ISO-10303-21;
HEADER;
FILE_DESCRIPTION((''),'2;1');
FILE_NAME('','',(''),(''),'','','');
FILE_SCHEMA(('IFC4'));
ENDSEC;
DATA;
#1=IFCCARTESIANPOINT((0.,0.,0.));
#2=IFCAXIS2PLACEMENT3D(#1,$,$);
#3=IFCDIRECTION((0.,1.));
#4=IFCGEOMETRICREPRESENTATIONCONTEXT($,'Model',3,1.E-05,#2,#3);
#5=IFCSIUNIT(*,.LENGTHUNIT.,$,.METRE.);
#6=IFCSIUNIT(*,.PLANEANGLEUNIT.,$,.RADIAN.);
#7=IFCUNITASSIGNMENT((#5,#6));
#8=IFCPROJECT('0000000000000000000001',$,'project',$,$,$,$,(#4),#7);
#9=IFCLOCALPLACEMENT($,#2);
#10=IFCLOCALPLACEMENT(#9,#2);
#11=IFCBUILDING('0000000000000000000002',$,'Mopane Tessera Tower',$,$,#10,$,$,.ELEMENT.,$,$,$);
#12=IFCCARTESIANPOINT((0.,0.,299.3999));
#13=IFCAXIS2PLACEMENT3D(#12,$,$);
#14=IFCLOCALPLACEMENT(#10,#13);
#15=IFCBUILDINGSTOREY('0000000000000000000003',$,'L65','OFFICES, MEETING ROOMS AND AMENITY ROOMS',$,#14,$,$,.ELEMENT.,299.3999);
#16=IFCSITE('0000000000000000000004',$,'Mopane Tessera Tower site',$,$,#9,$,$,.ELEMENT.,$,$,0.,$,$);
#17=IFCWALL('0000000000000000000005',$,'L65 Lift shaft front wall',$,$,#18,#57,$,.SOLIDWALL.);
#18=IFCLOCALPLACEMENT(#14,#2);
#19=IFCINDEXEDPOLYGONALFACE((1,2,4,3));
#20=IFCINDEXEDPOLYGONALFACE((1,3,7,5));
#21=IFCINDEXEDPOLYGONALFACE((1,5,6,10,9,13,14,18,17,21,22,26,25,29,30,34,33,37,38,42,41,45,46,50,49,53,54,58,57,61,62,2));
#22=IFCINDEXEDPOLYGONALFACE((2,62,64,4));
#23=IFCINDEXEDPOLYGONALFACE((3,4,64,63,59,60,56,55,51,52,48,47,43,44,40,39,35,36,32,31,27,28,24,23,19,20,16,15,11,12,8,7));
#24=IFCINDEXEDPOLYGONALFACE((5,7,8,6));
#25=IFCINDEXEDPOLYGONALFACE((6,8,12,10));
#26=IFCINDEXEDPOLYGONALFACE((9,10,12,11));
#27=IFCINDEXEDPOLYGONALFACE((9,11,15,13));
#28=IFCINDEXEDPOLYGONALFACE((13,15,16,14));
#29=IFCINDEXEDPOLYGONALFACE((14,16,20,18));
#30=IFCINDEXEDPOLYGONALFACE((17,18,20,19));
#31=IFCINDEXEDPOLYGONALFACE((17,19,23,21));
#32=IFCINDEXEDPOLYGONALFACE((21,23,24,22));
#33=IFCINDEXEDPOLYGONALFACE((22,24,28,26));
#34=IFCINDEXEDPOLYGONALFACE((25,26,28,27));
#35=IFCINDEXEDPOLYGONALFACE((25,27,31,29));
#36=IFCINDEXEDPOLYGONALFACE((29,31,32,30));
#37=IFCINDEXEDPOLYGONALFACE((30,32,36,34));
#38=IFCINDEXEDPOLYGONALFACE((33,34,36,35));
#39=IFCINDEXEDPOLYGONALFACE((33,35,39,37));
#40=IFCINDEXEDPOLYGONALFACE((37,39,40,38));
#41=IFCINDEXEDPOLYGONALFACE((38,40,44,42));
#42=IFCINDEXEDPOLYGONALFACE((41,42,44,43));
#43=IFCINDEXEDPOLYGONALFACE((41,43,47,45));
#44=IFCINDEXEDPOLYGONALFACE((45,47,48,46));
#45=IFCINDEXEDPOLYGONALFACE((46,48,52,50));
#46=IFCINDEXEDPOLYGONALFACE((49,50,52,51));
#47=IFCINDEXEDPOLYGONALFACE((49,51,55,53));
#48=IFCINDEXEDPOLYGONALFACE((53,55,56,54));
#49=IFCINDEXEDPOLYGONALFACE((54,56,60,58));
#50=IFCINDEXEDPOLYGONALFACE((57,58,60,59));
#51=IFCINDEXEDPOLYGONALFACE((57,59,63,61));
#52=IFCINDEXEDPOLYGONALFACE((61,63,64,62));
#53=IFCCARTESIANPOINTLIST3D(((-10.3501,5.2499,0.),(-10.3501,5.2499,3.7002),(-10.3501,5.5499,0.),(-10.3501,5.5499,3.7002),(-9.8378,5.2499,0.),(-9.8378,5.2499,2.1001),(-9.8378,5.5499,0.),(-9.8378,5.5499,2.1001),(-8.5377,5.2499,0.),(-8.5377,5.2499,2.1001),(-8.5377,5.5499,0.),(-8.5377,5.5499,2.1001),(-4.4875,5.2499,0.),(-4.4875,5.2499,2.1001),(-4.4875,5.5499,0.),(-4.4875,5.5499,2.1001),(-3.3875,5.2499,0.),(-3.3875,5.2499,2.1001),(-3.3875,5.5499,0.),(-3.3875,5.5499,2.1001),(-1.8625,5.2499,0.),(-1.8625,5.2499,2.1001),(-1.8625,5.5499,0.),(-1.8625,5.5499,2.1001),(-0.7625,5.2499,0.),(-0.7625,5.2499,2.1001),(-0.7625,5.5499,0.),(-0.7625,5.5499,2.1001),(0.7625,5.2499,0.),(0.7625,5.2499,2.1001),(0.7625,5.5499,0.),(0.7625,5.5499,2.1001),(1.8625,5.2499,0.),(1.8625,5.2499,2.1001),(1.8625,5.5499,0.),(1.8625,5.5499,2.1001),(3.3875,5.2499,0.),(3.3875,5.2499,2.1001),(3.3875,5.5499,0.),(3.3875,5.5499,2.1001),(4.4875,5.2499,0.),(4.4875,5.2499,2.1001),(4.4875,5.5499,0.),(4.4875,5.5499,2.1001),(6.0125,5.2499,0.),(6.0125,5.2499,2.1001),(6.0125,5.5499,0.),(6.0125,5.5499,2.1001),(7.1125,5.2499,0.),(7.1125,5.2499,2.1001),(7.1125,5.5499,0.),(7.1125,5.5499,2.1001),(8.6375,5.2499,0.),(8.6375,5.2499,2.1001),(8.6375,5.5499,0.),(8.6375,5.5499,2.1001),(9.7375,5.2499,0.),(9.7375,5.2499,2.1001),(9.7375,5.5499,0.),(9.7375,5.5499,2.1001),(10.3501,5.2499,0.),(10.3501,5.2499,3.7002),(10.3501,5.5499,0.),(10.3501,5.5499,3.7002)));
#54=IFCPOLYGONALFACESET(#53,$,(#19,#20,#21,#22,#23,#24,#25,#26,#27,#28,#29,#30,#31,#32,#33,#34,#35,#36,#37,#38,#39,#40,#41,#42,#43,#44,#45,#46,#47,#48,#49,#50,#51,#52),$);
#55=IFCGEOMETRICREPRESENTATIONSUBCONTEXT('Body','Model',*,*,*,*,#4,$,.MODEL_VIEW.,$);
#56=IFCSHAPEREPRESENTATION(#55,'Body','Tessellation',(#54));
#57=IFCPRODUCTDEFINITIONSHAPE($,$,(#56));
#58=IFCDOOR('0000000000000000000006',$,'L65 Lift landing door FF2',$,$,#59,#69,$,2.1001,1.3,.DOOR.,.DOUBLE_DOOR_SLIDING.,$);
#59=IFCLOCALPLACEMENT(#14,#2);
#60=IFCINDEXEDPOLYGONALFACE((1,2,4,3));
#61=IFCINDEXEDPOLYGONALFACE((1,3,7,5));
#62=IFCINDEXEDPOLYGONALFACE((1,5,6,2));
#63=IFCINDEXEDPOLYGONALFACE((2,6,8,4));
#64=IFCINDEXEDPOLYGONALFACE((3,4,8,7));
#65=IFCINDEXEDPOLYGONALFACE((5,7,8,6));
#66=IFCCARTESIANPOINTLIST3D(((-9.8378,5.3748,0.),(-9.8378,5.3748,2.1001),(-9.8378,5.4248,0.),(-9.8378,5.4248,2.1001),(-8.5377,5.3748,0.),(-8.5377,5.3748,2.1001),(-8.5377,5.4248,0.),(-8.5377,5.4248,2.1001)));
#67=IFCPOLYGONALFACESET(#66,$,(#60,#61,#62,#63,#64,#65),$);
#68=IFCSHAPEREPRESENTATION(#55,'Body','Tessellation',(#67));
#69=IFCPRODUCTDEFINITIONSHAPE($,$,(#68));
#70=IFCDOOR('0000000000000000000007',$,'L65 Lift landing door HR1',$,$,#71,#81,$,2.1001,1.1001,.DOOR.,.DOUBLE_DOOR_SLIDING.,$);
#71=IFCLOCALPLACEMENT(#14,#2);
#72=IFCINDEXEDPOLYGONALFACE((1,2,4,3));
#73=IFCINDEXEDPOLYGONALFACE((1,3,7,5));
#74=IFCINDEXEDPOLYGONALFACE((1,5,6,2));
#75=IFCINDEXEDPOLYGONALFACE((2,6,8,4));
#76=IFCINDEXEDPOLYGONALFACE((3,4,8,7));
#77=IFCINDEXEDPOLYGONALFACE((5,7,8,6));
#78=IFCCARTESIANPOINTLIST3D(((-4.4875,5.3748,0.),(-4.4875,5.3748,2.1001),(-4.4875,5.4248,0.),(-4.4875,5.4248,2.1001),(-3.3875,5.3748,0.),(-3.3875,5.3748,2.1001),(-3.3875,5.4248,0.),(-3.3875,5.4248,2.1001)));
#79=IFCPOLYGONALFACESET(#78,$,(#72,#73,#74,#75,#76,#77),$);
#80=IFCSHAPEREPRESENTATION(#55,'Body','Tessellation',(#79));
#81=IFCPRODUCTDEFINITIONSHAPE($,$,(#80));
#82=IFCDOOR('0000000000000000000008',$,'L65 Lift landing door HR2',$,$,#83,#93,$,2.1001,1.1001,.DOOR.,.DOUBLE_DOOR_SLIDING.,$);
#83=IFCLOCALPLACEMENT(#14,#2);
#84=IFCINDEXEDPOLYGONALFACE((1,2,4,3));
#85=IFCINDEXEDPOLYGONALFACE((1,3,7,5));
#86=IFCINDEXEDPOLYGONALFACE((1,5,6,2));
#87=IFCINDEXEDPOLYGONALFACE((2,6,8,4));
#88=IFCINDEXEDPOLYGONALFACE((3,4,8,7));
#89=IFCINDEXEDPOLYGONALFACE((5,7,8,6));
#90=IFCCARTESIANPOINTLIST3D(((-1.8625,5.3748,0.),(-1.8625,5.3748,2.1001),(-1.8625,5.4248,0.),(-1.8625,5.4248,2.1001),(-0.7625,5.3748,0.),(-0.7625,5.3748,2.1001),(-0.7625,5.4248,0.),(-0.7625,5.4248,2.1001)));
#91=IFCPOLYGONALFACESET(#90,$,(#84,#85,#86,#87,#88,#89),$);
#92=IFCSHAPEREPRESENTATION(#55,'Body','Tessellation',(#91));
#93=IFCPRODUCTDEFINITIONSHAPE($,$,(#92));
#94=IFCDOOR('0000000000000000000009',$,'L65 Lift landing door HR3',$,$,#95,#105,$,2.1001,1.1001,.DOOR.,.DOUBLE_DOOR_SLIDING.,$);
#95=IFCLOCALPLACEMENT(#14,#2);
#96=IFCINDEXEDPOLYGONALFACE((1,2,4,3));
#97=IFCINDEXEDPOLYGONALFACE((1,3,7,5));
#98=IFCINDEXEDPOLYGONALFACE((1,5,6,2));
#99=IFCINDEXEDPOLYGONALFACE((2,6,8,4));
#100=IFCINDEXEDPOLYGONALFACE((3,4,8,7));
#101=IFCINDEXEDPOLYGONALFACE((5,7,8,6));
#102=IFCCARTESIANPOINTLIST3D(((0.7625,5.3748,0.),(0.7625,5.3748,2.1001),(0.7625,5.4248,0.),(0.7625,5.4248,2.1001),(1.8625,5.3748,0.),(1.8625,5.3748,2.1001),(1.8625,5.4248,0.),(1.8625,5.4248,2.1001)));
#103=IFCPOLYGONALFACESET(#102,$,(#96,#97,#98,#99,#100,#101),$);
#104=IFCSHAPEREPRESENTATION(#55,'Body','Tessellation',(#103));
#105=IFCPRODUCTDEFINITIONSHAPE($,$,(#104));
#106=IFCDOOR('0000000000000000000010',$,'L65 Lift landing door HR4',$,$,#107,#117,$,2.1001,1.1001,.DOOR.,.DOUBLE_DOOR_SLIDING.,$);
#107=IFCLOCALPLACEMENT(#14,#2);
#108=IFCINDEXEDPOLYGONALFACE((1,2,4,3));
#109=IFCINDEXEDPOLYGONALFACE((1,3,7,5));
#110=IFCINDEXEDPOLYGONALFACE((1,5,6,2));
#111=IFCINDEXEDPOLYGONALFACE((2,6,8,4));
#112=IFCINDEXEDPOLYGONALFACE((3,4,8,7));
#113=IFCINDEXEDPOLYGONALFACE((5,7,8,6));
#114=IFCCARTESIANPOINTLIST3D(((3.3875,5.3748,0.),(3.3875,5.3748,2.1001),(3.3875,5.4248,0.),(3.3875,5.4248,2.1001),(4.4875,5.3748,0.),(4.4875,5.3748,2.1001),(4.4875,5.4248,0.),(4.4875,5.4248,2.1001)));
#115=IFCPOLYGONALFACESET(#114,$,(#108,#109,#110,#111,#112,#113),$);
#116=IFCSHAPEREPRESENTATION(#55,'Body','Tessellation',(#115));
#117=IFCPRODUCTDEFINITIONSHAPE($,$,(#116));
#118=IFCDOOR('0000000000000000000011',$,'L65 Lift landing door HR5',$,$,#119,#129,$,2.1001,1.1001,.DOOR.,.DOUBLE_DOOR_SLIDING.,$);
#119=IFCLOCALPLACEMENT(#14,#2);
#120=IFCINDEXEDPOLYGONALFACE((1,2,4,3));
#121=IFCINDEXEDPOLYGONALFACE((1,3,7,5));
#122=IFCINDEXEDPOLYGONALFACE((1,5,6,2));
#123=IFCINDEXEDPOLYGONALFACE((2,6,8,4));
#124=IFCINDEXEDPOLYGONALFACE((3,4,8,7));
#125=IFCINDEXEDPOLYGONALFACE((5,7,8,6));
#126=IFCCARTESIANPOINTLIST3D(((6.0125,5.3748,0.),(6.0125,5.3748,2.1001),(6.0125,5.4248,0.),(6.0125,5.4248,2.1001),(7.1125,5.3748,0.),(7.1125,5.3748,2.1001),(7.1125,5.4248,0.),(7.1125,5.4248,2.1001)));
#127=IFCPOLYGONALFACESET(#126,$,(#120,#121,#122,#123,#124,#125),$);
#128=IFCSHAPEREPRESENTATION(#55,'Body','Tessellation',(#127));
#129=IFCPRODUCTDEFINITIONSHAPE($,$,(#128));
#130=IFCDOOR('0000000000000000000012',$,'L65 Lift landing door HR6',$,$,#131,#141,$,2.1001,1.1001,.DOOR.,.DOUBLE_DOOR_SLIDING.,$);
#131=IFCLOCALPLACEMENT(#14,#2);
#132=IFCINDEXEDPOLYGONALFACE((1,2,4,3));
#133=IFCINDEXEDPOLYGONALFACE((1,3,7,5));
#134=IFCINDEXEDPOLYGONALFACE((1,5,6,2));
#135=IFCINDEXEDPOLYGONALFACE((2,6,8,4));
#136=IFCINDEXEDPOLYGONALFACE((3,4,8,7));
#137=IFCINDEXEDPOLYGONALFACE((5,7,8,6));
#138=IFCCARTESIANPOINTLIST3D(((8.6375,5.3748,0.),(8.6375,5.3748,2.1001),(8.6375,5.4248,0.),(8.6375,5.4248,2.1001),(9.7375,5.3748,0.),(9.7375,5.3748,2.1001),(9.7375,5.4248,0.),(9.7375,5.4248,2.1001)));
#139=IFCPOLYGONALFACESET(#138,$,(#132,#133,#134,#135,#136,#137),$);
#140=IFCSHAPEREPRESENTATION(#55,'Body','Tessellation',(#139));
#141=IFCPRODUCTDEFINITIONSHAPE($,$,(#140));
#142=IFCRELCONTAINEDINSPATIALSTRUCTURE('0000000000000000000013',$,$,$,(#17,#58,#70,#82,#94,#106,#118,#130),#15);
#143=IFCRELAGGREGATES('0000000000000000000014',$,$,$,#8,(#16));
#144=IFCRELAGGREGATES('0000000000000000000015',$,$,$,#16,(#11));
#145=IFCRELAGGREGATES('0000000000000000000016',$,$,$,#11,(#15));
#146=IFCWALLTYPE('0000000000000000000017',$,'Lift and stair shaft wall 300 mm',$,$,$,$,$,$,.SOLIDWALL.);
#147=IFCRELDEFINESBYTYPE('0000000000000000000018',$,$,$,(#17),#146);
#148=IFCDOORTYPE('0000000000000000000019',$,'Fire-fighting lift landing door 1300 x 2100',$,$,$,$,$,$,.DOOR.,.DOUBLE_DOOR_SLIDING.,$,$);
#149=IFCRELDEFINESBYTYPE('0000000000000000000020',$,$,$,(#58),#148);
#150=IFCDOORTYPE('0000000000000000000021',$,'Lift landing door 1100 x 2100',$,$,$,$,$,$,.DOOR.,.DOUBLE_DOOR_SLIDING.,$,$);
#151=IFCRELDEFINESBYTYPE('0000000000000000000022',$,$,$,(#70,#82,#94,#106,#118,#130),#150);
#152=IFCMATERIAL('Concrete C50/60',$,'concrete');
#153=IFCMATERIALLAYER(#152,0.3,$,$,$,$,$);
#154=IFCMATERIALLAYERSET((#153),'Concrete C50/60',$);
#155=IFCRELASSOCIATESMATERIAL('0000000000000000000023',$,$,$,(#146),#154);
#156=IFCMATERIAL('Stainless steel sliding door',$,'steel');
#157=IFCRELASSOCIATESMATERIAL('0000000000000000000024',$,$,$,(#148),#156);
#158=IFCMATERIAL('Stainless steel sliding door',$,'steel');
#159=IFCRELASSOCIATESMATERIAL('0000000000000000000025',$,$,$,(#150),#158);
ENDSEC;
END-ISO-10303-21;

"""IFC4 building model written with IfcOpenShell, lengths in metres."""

from ifc_helpers import new_model, si_unit, direction, frame, frame_2d, origin, place, context, subcontext, project, spatial, rectangle, extrude, material, layer, layer_set, type_object, element, fill, save


model = new_model("IFC4")

# Units and contexts
model_context = context("Model", 3, precision=1e-05, world=origin(), true_north=direction((0.0, 1.0)))
body_context = subcontext(model_context, "Body", "Model", "MODEL_VIEW")
ifc_project = project(units=[si_unit("LENGTHUNIT", "METRE"), si_unit("PLANEANGLEUNIT", "RADIAN")], contexts=[model_context])

# Site, building, storey
site_placement = place(None, origin())
site = spatial("IfcSite", under=ifc_project, at=site_placement, Name="Mopane Tessera Tower site", CompositionType="ELEMENT", RefElevation=0.0)
building_placement = place(site_placement, origin())
building = spatial("IfcBuilding", under=site, at=building_placement, Name="Mopane Tessera Tower", CompositionType="ELEMENT")
storey_placement = place(building_placement, frame((0.0, 0.0, 299.3999)))
storey = spatial("IfcBuildingStorey", under=building, at=storey_placement, Name="L65", Description="OFFICES, MEETING ROOMS AND AMENITY ROOMS", CompositionType="ELEMENT", Elevation=299.3999)

# Shared definitions
ifc_material_1 = material(Name="Concrete C50/60", Category="concrete")
ifc_layer_1 = layer(ifc_material_1, 0.3)
ifc_layer_set_1 = layer_set([ifc_layer_1], Name="Concrete C50/60")
wall_type_1 = type_object("IfcWallType", Name="Lift and stair shaft wall 300 mm", PredefinedType="SOLIDWALL", material=ifc_layer_set_1)

# Wall, openings, doors
ifc_material_2 = material(Name="Stainless steel sliding door", Category="steel")
door_type_1 = type_object("IfcDoorType", Name="Fire-fighting lift landing door 1300 x 2100", OperationType="DOUBLE_DOOR_SLIDING", PredefinedType="DOOR", material=ifc_material_2)
wall_1_placement = place(storey_placement, frame((-10.3501, 5.3999, 0.0), z_axis=(0.0, 0.0, 1.0), x_axis=(1.0, 0.0, 0.0)))
wall_1 = element("IfcWall", 1, at=wall_1_placement, inside=storey, type_object=wall_type_1, Name="L65 Lift shaft front wall", PredefinedType="SOLIDWALL", context=body_context, shape_type="SweptSolid", body=[
    extrude(rectangle(XDim=20.7002, YDim=0.3, at=frame_2d((10.3501, 0.0))), origin(), (0.0, 0.0, 1.0), 3.7002),
])
opening_1_placement = place(wall_1_placement, frame((0.5125, 0.0, 0.0)))
opening_1 = element("IfcOpeningElement", 2, at=opening_1_placement, cuts=wall_1, PredefinedType="OPENING", context=body_context, shape_type="SweptSolid", body=[
    extrude(rectangle(XDim=1.3, YDim=2.1001, at=frame_2d((0.6499, 1.05))), frame((0.0, 0.1621, 0.0), z_axis=(0.0, -1.0, 0.0), x_axis=(1.0, 0.0, 0.0)), (0.0, 0.0, 1.0), 0.324),
])
opening_2_placement = place(wall_1_placement, frame((5.8625, 0.0, 0.0)))
opening_2 = element("IfcOpeningElement", 3, at=opening_2_placement, cuts=wall_1, PredefinedType="OPENING", context=body_context, shape_type="SweptSolid", body=[
    extrude(rectangle(XDim=1.1001, YDim=2.1001, at=frame_2d((0.55, 1.05))), frame((0.0, 0.1621, 0.0), z_axis=(0.0, -1.0, 0.0), x_axis=(1.0, 0.0, 0.0)), (0.0, 0.0, 1.0), 0.324),
])
opening_3_placement = place(wall_1_placement, frame((8.4875, 0.0, 0.0)))
opening_3 = element("IfcOpeningElement", 4, at=opening_3_placement, cuts=wall_1, PredefinedType="OPENING", context=body_context, shape_type="SweptSolid", body=[
    extrude(rectangle(XDim=1.1001, YDim=2.1001, at=frame_2d((0.55, 1.05))), frame((0.0, 0.1621, 0.0), z_axis=(0.0, -1.0, 0.0), x_axis=(1.0, 0.0, 0.0)), (0.0, 0.0, 1.0), 0.324),
])
opening_4_placement = place(wall_1_placement, frame((11.1125, 0.0, 0.0)))
opening_4 = element("IfcOpeningElement", 5, at=opening_4_placement, cuts=wall_1, PredefinedType="OPENING", context=body_context, shape_type="SweptSolid", body=[
    extrude(rectangle(XDim=1.1001, YDim=2.1001, at=frame_2d((0.55, 1.05))), frame((0.0, 0.1621, 0.0), z_axis=(0.0, -1.0, 0.0), x_axis=(1.0, 0.0, 0.0)), (0.0, 0.0, 1.0), 0.324),
])
opening_5_placement = place(wall_1_placement, frame((13.7375, 0.0, 0.0)))
opening_5 = element("IfcOpeningElement", 6, at=opening_5_placement, cuts=wall_1, PredefinedType="OPENING", context=body_context, shape_type="SweptSolid", body=[
    extrude(rectangle(XDim=1.1001, YDim=2.1001, at=frame_2d((0.55, 1.05))), frame((0.0, 0.1621, 0.0), z_axis=(0.0, -1.0, 0.0), x_axis=(1.0, 0.0, 0.0)), (0.0, 0.0, 1.0), 0.324),
])
opening_6_placement = place(wall_1_placement, frame((16.3625, 0.0, 0.0)))
opening_6 = element("IfcOpeningElement", 7, at=opening_6_placement, cuts=wall_1, PredefinedType="OPENING", context=body_context, shape_type="SweptSolid", body=[
    extrude(rectangle(XDim=1.1001, YDim=2.1001, at=frame_2d((0.55, 1.05))), frame((0.0, 0.1621, 0.0), z_axis=(0.0, -1.0, 0.0), x_axis=(1.0, 0.0, 0.0)), (0.0, 0.0, 1.0), 0.324),
])
opening_7_placement = place(wall_1_placement, frame((18.9875, 0.0, 0.0)))
opening_7 = element("IfcOpeningElement", 8, at=opening_7_placement, cuts=wall_1, PredefinedType="OPENING", context=body_context, shape_type="SweptSolid", body=[
    extrude(rectangle(XDim=1.1001, YDim=2.1001, at=frame_2d((0.55, 1.05))), frame((0.0, 0.1621, 0.0), z_axis=(0.0, -1.0, 0.0), x_axis=(1.0, 0.0, 0.0)), (0.0, 0.0, 1.0), 0.324),
])
door_1_placement = place(opening_1_placement, origin())
door_1 = element("IfcDoor", 9, at=door_1_placement, inside=storey, type_object=door_type_1, Name="L65 Lift landing door FF2", OperationType="DOUBLE_DOOR_SLIDING", OverallHeight=2.1001, OverallWidth=1.3, PredefinedType="DOOR", context=body_context, shape_type="SweptSolid", body=[
    extrude(rectangle(XDim=1.3, YDim=2.1001, at=frame_2d((0.6499, 1.05))), frame((0.0, 0.0249, 0.0), z_axis=(0.0, -1.0, 0.0), x_axis=(1.0, 0.0, 0.0)), (0.0, 0.0, 1.0), 0.05),
])
fill(opening_1, door_1)
ifc_material_3 = material(Name="Stainless steel sliding door", Category="steel")
door_type_2 = type_object("IfcDoorType", Name="Lift landing door 1100 x 2100", OperationType="DOUBLE_DOOR_SLIDING", PredefinedType="DOOR", material=ifc_material_3)
door_2_placement = place(opening_2_placement, origin())
door_2 = element("IfcDoor", 10, at=door_2_placement, inside=storey, type_object=door_type_2, Name="L65 Lift landing door HR1", OperationType="DOUBLE_DOOR_SLIDING", OverallHeight=2.1001, OverallWidth=1.1001, PredefinedType="DOOR", context=body_context, shape_type="SweptSolid", body=[
    extrude(rectangle(XDim=1.1001, YDim=2.1001, at=frame_2d((0.55, 1.05))), frame((0.0, 0.0249, 0.0), z_axis=(0.0, -1.0, 0.0), x_axis=(1.0, 0.0, 0.0)), (0.0, 0.0, 1.0), 0.05),
])
fill(opening_2, door_2)
door_3_placement = place(opening_3_placement, origin())
door_3 = element("IfcDoor", 11, at=door_3_placement, inside=storey, type_object=door_type_2, Name="L65 Lift landing door HR2", OperationType="DOUBLE_DOOR_SLIDING", OverallHeight=2.1001, OverallWidth=1.1001, PredefinedType="DOOR", context=body_context, shape_type="SweptSolid", body=[
    extrude(rectangle(XDim=1.1001, YDim=2.1001, at=frame_2d((0.55, 1.05))), frame((0.0, 0.0249, 0.0), z_axis=(0.0, -1.0, 0.0), x_axis=(1.0, 0.0, 0.0)), (0.0, 0.0, 1.0), 0.05),
])
fill(opening_3, door_3)
door_4_placement = place(opening_4_placement, origin())
door_4 = element("IfcDoor", 12, at=door_4_placement, inside=storey, type_object=door_type_2, Name="L65 Lift landing door HR3", OperationType="DOUBLE_DOOR_SLIDING", OverallHeight=2.1001, OverallWidth=1.1001, PredefinedType="DOOR", context=body_context, shape_type="SweptSolid", body=[
    extrude(rectangle(XDim=1.1001, YDim=2.1001, at=frame_2d((0.55, 1.05))), frame((0.0, 0.0249, 0.0), z_axis=(0.0, -1.0, 0.0), x_axis=(1.0, 0.0, 0.0)), (0.0, 0.0, 1.0), 0.05),
])
fill(opening_4, door_4)
door_5_placement = place(opening_5_placement, origin())
door_5 = element("IfcDoor", 13, at=door_5_placement, inside=storey, type_object=door_type_2, Name="L65 Lift landing door HR4", OperationType="DOUBLE_DOOR_SLIDING", OverallHeight=2.1001, OverallWidth=1.1001, PredefinedType="DOOR", context=body_context, shape_type="SweptSolid", body=[
    extrude(rectangle(XDim=1.1001, YDim=2.1001, at=frame_2d((0.55, 1.05))), frame((0.0, 0.0249, 0.0), z_axis=(0.0, -1.0, 0.0), x_axis=(1.0, 0.0, 0.0)), (0.0, 0.0, 1.0), 0.05),
])
fill(opening_5, door_5)
door_6_placement = place(opening_6_placement, origin())
door_6 = element("IfcDoor", 14, at=door_6_placement, inside=storey, type_object=door_type_2, Name="L65 Lift landing door HR5", OperationType="DOUBLE_DOOR_SLIDING", OverallHeight=2.1001, OverallWidth=1.1001, PredefinedType="DOOR", context=body_context, shape_type="SweptSolid", body=[
    extrude(rectangle(XDim=1.1001, YDim=2.1001, at=frame_2d((0.55, 1.05))), frame((0.0, 0.0249, 0.0), z_axis=(0.0, -1.0, 0.0), x_axis=(1.0, 0.0, 0.0)), (0.0, 0.0, 1.0), 0.05),
])
fill(opening_6, door_6)
door_7_placement = place(opening_7_placement, origin())
door_7 = element("IfcDoor", 15, at=door_7_placement, inside=storey, type_object=door_type_2, Name="L65 Lift landing door HR6", OperationType="DOUBLE_DOOR_SLIDING", OverallHeight=2.1001, OverallWidth=1.1001, PredefinedType="DOOR", context=body_context, shape_type="SweptSolid", body=[
    extrude(rectangle(XDim=1.1001, YDim=2.1001, at=frame_2d((0.55, 1.05))), frame((0.0, 0.0249, 0.0), z_axis=(0.0, -1.0, 0.0), x_axis=(1.0, 0.0, 0.0)), (0.0, 0.0, 1.0), 0.05),
])
fill(opening_7, door_7)

save(model, "model.ifc")
